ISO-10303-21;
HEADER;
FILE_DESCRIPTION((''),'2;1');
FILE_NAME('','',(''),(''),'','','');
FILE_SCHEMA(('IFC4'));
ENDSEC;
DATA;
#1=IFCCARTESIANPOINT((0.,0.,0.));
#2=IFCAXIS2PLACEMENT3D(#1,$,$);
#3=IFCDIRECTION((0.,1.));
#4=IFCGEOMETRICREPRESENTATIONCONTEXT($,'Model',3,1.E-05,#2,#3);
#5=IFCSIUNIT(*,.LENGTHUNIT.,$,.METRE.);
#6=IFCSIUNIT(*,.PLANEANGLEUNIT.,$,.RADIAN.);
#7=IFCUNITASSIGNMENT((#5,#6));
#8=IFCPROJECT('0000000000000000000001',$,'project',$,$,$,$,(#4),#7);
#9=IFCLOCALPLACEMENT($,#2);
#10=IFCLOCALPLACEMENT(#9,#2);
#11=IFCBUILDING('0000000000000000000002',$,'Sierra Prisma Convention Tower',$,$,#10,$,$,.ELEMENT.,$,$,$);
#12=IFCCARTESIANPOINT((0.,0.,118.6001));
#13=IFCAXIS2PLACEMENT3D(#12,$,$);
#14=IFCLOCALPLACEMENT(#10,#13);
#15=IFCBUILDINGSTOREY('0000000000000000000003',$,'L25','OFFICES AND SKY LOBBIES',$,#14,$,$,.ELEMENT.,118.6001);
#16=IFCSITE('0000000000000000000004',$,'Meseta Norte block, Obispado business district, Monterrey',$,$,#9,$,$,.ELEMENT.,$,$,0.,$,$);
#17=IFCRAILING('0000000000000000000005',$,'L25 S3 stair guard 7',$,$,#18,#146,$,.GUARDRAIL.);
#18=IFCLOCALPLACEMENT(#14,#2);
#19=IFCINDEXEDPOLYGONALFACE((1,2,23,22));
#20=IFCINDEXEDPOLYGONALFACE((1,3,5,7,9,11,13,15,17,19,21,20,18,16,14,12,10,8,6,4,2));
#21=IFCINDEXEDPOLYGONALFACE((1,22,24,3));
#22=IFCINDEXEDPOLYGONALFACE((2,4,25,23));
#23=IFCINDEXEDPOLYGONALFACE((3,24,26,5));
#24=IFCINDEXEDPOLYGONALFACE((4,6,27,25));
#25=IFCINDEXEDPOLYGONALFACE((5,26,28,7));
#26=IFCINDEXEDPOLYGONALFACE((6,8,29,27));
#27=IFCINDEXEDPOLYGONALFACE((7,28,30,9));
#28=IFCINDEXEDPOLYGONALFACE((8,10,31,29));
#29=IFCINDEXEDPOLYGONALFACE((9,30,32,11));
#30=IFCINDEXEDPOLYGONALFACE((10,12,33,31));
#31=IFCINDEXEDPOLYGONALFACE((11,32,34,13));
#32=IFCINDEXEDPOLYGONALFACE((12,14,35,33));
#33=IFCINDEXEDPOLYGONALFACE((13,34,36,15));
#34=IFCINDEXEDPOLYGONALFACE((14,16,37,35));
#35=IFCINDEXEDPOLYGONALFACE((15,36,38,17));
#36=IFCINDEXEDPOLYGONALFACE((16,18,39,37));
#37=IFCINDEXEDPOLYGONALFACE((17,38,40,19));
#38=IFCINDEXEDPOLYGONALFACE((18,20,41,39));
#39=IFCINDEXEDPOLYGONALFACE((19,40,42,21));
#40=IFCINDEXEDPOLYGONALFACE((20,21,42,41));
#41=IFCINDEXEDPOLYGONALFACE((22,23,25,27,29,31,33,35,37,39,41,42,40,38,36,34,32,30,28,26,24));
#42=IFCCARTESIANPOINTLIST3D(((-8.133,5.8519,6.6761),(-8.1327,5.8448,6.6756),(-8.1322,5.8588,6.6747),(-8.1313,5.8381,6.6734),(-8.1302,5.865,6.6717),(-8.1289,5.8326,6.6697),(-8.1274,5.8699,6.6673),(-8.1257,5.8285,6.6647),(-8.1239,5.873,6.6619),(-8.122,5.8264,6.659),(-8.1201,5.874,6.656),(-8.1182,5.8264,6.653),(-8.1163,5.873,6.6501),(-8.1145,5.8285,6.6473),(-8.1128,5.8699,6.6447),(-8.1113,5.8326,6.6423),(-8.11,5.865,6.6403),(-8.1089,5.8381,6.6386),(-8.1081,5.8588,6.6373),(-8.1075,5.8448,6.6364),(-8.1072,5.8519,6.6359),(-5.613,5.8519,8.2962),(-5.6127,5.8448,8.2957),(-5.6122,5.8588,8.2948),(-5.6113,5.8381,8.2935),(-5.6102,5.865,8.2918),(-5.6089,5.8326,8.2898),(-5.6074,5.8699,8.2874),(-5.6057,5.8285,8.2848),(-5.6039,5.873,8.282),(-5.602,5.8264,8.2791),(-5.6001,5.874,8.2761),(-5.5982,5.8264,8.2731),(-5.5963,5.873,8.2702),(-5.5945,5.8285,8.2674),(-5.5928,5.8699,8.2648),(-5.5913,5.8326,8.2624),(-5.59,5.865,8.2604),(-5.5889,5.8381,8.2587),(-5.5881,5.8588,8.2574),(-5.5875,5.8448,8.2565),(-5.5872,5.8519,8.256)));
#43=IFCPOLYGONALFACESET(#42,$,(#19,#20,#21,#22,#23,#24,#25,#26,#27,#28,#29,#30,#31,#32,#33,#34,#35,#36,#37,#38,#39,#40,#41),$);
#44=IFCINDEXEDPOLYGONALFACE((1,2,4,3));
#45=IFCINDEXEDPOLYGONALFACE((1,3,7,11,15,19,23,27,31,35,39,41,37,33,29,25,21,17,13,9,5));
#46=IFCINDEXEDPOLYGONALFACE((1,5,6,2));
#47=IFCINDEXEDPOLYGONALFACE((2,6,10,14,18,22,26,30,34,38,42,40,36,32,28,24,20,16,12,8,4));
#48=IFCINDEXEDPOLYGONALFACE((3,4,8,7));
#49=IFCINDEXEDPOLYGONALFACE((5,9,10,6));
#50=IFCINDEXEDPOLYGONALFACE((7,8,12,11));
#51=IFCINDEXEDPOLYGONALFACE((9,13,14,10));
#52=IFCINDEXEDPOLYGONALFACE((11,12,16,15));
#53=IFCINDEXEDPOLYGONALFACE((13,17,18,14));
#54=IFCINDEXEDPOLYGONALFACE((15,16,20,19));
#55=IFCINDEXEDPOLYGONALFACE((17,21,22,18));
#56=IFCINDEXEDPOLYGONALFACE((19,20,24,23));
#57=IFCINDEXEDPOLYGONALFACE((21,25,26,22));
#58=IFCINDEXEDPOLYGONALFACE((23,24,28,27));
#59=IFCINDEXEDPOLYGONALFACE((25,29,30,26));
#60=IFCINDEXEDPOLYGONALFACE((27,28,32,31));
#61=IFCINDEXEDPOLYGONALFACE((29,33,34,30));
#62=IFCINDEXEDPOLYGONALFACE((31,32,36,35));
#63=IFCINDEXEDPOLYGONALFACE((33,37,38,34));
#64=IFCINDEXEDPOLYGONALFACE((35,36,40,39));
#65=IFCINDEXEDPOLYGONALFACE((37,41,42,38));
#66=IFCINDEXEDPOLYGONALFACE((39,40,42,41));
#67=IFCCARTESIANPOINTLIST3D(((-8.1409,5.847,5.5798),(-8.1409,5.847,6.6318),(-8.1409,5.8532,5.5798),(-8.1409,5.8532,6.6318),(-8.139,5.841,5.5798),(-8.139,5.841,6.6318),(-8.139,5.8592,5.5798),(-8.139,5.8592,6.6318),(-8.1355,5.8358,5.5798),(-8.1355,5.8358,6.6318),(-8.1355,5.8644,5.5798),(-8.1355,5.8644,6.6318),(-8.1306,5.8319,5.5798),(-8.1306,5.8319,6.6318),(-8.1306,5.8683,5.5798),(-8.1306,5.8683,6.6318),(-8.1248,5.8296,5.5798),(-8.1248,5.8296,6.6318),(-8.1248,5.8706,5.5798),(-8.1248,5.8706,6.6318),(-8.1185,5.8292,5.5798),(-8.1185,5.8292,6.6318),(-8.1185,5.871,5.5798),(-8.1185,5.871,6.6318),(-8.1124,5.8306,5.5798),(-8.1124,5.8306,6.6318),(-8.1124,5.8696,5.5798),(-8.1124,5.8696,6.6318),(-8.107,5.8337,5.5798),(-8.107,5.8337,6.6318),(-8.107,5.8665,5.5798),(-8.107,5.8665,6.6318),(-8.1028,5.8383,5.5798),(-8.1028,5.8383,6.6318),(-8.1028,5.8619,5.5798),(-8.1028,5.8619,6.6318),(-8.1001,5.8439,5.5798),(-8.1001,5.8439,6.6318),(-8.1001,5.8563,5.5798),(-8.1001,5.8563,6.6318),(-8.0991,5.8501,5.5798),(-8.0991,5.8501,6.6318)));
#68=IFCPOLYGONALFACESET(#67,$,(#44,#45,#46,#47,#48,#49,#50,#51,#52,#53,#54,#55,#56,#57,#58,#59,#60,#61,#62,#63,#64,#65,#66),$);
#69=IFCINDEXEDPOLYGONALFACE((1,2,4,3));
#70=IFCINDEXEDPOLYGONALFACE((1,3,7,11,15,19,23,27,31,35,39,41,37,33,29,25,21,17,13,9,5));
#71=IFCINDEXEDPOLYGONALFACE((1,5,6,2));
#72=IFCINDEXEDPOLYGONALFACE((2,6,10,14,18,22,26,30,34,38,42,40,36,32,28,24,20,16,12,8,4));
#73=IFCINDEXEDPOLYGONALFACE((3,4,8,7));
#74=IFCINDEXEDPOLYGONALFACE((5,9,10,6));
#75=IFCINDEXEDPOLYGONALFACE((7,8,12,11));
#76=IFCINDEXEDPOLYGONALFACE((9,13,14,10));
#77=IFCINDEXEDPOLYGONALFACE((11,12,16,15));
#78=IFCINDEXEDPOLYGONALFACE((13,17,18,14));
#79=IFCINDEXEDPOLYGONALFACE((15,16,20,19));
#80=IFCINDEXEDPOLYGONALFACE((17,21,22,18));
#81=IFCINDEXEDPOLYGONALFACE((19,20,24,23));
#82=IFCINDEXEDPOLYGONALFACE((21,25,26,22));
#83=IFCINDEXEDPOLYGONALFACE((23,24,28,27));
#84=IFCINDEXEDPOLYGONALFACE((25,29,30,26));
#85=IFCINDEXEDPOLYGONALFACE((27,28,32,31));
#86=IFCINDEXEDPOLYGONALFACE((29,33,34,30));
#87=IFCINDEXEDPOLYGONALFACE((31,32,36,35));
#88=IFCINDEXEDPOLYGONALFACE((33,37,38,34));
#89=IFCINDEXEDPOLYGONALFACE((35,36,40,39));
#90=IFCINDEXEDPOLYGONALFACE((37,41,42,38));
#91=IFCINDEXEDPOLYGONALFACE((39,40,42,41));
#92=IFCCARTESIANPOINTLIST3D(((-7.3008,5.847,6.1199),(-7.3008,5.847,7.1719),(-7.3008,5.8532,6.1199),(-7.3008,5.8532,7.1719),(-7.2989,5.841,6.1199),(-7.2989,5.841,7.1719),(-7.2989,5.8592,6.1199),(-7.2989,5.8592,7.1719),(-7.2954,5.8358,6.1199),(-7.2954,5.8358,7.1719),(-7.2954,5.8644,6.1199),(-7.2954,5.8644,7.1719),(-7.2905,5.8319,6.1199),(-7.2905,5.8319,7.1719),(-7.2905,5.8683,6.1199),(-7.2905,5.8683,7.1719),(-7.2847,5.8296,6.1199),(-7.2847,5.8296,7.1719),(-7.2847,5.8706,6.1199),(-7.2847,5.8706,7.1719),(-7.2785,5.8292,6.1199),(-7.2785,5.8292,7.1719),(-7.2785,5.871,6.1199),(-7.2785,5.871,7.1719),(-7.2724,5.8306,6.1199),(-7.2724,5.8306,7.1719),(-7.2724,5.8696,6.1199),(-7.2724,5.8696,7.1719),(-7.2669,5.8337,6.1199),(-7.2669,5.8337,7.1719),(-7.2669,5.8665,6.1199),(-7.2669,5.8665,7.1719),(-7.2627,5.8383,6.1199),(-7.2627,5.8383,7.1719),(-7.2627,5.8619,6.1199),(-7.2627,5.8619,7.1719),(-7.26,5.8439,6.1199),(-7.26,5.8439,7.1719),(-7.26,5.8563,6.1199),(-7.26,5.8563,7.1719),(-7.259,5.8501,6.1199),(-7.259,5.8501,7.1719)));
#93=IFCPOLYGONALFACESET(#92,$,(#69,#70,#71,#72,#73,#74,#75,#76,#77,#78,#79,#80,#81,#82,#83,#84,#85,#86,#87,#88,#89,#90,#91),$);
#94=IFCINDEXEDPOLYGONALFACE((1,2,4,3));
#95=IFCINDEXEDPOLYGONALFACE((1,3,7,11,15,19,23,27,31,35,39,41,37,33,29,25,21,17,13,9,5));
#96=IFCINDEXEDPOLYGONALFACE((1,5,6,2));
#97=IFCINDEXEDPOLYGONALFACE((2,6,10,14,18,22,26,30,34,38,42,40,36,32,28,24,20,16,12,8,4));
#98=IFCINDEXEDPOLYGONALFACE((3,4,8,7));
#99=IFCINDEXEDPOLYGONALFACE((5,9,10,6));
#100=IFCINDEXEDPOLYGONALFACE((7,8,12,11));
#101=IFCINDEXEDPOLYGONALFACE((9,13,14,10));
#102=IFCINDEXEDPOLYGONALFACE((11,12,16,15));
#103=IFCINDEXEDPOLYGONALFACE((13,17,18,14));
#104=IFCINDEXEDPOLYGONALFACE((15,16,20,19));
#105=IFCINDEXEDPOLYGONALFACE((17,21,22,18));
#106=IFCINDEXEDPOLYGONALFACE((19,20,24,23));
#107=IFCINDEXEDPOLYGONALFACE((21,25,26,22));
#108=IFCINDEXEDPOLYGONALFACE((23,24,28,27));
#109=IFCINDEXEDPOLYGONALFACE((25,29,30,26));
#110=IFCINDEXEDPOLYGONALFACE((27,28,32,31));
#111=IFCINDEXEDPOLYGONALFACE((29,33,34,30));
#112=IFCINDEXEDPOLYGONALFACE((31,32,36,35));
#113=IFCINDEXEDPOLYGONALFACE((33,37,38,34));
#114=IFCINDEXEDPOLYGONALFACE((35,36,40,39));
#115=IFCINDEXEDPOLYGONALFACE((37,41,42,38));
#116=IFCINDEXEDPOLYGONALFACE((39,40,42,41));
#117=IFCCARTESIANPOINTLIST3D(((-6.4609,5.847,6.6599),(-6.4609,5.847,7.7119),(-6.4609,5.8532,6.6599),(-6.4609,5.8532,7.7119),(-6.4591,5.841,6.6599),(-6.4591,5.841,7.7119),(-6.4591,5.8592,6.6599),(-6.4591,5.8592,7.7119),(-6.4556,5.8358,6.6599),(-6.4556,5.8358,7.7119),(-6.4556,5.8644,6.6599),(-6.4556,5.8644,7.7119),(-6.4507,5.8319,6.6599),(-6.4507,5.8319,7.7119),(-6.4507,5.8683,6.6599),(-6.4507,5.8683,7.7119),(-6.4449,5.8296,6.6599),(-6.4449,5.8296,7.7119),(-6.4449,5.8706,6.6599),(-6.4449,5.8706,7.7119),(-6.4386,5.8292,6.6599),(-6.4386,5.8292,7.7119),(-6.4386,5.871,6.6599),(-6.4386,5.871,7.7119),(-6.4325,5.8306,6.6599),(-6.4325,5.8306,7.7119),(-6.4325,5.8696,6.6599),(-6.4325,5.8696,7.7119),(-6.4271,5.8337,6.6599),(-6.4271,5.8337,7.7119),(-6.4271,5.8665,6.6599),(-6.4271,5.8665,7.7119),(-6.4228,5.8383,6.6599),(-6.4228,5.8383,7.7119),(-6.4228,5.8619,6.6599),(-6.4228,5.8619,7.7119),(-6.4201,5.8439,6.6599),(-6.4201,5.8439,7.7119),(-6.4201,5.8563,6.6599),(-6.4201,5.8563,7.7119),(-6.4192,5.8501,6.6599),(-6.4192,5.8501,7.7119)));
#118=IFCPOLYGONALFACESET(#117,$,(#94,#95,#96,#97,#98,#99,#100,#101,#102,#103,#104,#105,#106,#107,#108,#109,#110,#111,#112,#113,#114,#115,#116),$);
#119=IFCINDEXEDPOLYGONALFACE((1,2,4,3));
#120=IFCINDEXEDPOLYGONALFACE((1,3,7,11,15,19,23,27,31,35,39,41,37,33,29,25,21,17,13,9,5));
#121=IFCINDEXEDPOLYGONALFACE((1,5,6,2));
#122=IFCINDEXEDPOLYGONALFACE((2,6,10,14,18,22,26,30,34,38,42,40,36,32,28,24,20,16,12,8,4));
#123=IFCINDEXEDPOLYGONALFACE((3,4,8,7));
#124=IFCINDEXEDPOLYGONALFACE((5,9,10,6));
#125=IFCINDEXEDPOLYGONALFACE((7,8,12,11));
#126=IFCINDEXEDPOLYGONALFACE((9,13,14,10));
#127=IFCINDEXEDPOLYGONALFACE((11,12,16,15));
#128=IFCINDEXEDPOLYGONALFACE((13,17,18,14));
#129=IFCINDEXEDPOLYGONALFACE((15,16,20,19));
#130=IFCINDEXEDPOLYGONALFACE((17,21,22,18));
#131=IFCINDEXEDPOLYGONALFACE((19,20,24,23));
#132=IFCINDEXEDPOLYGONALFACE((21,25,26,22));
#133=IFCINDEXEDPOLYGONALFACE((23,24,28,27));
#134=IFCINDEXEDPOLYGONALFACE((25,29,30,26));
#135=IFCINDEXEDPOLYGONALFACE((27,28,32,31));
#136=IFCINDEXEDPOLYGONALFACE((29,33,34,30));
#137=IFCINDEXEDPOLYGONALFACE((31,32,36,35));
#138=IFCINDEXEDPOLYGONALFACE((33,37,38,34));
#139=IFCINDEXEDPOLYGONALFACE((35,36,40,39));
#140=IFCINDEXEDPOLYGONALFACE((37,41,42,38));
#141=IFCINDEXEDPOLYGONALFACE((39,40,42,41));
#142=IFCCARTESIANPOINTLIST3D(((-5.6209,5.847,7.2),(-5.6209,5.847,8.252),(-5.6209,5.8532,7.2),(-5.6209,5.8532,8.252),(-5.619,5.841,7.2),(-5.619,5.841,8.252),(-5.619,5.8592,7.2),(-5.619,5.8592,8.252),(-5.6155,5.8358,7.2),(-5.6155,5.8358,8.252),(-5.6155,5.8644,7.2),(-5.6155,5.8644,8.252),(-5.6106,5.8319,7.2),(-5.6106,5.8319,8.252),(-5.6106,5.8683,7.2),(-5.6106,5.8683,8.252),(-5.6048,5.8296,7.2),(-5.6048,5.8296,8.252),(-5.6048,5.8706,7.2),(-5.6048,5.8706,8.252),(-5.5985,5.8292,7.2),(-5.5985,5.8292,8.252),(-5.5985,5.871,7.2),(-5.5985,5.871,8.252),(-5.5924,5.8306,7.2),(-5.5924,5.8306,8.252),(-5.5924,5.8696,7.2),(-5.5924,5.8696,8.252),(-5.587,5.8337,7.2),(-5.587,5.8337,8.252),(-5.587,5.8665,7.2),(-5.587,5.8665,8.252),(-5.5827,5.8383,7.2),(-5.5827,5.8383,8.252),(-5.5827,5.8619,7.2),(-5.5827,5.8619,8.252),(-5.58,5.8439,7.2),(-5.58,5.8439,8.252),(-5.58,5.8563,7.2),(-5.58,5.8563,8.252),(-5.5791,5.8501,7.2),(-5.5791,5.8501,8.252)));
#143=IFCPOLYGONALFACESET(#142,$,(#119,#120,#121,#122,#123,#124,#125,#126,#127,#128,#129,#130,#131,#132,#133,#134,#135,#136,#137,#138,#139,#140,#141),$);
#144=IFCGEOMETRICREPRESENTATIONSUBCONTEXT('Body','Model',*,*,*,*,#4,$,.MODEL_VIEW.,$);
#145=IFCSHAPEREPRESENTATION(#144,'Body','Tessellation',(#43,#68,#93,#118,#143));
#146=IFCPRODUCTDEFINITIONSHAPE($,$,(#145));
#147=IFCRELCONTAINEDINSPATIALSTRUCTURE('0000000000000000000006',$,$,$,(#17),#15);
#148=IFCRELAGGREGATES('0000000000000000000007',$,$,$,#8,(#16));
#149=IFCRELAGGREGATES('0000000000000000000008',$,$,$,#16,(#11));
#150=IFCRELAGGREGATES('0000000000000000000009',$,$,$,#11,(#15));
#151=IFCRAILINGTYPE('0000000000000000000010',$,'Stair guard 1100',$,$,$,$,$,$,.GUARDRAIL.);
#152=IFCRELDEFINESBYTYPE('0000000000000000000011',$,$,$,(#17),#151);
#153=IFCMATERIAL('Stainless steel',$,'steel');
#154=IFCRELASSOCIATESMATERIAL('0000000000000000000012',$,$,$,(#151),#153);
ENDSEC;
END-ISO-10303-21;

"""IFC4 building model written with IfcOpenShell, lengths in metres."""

from ifc_helpers import new_model, si_unit, direction, frame, origin, origin_2d, place, context, subcontext, project, spatial, circle, extrude, material, type_object, element, save


model = new_model("IFC4")

# Units and contexts
model_context = context("Model", 3, precision=1e-05, world=origin(), true_north=direction((0.0, 1.0)))
body_context = subcontext(model_context, "Body", "Model", "MODEL_VIEW")
ifc_project = project(units=[si_unit("LENGTHUNIT", "METRE"), si_unit("PLANEANGLEUNIT", "RADIAN")], contexts=[model_context])

# Site, building, storey
site_placement = place(None, origin())
site = spatial("IfcSite", under=ifc_project, at=site_placement, Name="Meseta Norte block, Obispado business district, Monterrey", CompositionType="ELEMENT", RefElevation=0.0)
building_placement = place(site_placement, origin())
building = spatial("IfcBuilding", under=site, at=building_placement, Name="Sierra Prisma Convention Tower", CompositionType="ELEMENT")
storey_placement = place(building_placement, frame((0.0, 0.0, 118.6001)))
storey = spatial("IfcBuildingStorey", under=building, at=storey_placement, Name="L25", Description="OFFICES AND SKY LOBBIES", CompositionType="ELEMENT", Elevation=118.6001)

# Railing
ifc_material_1 = material(Name="Stainless steel", Category="steel")
railing_type_1 = type_object("IfcRailingType", Name="Stair guard 1100", PredefinedType="GUARDRAIL", material=ifc_material_1)
railing_1_placement = place(storey_placement, frame((-8.1201, 5.8501, 5.5798)))
element("IfcRailing", 1, at=railing_1_placement, inside=storey, type_object=railing_type_1, Name="L25 S3 stair guard 7", PredefinedType="GUARDRAIL", context=body_context, shape_type="SweptSolid", body=[
    extrude(circle(Radius=0.0239, at=origin_2d()), frame((0.0, 0.0, 1.0762), z_axis=(0.841163, 0.0, 0.540782), x_axis=(0.0, 1.0, 0.0)), (0.0, 0.0, 1.0), 2.9958),
    extrude(circle(Radius=0.021, at=origin_2d()), origin(), (0.0, 0.0, 1.0), 1.052),
    extrude(circle(Radius=0.021, at=origin_2d()), frame((0.8401, 0.0, 0.54)), (0.0, 0.0, 1.0), 1.052),
    extrude(circle(Radius=0.021, at=origin_2d()), frame((1.6799, 0.0, 1.0801)), (0.0, 0.0, 1.0), 1.052),
    extrude(circle(Radius=0.021, at=origin_2d()), frame((2.52, 0.0, 1.6201)), (0.0, 0.0, 1.0), 1.052),
])

save(model, "model.ifc")
